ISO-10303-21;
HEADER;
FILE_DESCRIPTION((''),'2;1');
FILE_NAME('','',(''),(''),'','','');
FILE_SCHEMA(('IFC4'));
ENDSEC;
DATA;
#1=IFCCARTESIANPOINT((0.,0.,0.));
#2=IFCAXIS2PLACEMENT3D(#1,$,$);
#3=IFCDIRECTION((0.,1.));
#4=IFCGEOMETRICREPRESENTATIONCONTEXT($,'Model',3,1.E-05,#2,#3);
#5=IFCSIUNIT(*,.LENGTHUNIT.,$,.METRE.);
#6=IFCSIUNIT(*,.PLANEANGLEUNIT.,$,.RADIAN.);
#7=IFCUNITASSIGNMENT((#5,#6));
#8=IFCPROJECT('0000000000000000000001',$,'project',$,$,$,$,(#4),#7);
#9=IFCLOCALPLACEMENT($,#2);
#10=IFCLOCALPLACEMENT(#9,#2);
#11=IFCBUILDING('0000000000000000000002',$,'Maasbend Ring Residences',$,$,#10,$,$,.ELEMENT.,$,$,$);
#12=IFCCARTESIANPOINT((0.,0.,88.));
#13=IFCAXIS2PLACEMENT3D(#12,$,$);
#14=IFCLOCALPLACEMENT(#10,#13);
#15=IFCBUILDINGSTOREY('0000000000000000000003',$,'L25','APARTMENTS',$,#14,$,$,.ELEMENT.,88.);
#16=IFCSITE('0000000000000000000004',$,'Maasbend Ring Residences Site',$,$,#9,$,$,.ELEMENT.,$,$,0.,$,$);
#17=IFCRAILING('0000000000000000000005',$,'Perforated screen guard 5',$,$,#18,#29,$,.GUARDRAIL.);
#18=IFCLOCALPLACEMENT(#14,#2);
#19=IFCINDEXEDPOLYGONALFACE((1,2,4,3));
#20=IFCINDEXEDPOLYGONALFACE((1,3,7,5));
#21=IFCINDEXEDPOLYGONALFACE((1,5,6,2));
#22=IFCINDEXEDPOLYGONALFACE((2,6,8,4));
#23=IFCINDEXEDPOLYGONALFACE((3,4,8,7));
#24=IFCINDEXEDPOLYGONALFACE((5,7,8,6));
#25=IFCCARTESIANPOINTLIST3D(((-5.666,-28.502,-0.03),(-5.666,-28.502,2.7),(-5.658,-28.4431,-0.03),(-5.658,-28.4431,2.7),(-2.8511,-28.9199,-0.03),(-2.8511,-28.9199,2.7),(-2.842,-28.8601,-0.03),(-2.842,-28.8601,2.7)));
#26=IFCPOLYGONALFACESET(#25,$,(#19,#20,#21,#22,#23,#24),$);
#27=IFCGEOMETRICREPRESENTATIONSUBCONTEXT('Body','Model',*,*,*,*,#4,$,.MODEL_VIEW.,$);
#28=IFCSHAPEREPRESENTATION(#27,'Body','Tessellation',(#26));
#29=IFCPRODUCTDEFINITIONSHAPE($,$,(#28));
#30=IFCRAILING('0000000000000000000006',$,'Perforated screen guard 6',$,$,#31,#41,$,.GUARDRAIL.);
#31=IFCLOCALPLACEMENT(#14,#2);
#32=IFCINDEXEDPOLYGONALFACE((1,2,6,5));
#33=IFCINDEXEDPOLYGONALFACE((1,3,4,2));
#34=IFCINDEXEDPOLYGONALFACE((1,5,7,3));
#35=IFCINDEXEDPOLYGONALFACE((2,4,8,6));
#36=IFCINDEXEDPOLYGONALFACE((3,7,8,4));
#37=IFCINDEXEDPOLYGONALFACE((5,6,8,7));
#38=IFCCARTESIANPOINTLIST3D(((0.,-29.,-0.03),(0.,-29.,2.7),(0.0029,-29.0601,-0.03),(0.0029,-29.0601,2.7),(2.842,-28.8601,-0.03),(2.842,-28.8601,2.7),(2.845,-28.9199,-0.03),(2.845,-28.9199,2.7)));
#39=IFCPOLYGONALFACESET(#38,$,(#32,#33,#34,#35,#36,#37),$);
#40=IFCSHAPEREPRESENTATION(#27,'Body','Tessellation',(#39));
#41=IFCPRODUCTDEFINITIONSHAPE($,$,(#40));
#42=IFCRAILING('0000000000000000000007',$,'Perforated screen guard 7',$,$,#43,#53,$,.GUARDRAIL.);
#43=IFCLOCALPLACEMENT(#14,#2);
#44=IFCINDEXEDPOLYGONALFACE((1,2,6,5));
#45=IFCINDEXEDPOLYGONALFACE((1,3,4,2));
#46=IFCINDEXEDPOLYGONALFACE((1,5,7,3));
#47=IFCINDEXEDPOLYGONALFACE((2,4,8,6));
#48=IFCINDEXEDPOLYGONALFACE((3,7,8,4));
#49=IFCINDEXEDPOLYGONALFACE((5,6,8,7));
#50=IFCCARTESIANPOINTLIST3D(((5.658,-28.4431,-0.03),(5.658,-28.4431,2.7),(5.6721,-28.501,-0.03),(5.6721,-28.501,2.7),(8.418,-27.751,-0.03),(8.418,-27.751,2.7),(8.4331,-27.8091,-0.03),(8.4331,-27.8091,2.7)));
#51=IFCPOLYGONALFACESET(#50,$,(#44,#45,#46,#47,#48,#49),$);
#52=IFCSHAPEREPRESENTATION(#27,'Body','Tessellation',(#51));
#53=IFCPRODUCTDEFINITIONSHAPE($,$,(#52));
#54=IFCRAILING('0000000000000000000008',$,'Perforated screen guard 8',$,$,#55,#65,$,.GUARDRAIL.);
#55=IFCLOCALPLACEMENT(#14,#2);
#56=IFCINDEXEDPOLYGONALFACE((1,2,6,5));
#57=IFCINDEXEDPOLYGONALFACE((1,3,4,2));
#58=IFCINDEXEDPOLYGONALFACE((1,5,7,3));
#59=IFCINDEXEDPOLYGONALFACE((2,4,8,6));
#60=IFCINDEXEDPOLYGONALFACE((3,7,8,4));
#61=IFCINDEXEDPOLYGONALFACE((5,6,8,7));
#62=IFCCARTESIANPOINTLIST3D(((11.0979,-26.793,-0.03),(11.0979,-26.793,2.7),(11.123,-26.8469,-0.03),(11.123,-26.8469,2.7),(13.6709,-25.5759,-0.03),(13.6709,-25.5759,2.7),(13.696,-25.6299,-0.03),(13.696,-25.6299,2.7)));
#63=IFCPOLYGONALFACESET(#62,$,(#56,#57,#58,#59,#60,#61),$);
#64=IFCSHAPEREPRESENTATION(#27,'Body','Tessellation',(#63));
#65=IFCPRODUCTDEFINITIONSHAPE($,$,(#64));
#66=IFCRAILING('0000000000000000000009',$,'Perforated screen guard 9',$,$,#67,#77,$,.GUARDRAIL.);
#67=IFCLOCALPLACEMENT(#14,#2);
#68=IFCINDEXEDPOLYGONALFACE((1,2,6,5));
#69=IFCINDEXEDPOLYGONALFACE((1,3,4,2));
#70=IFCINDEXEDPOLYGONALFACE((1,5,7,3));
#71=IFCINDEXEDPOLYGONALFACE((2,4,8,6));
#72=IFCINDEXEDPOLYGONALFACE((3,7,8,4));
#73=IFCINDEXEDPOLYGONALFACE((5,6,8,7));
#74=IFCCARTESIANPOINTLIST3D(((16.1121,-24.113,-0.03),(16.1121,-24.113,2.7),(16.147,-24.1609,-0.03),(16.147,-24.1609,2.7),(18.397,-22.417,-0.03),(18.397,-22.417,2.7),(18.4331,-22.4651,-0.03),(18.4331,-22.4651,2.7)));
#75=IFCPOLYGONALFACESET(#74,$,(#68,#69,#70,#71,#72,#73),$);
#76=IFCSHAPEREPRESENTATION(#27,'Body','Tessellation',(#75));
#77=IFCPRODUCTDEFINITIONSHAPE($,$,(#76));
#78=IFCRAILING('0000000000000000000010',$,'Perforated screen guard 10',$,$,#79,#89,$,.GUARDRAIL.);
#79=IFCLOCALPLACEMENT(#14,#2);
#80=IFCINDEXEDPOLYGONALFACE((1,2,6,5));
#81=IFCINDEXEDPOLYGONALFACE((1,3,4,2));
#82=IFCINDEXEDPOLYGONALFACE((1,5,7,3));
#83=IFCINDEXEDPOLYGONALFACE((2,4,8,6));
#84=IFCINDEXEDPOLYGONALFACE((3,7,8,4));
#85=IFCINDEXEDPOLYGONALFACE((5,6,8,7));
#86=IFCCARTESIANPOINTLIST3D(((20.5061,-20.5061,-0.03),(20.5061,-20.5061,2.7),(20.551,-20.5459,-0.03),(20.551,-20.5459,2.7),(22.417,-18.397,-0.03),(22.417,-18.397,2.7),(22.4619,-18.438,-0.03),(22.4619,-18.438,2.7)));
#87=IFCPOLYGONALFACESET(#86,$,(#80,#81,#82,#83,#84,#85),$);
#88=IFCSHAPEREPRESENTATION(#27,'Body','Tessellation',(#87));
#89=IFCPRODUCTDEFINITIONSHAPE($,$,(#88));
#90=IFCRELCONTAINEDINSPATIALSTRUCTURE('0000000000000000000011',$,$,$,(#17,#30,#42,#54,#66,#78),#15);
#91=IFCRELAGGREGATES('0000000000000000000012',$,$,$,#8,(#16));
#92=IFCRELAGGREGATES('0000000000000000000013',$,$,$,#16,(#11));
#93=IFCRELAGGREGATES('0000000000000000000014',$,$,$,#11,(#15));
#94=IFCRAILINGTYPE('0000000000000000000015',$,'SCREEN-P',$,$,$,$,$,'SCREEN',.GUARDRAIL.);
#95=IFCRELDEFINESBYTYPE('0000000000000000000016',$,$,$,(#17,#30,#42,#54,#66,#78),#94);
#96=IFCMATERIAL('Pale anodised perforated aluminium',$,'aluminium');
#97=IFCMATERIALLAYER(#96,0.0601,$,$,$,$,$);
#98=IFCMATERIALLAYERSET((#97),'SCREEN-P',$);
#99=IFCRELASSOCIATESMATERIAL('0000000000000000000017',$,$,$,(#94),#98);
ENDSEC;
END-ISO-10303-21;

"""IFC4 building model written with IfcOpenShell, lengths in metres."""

from ifc_helpers import new_model, si_unit, direction, frame, origin, place, context, subcontext, project, spatial, polyline, outline, extrude, material, layer, layer_set, type_object, element, save


model = new_model("IFC4")

# Units and contexts
model_context = context("Model", 3, precision=1e-05, world=origin(), true_north=direction((0.0, 1.0)))
body_context = subcontext(model_context, "Body", "Model", "MODEL_VIEW")
ifc_project = project(units=[si_unit("LENGTHUNIT", "METRE"), si_unit("PLANEANGLEUNIT", "RADIAN")], contexts=[model_context])

# Site, building, storey
site_placement = place(None, origin())
site = spatial("IfcSite", under=ifc_project, at=site_placement, Name="Maasbend Ring Residences Site", CompositionType="ELEMENT", RefElevation=0.0)
building_placement = place(site_placement, origin())
building = spatial("IfcBuilding", under=site, at=building_placement, Name="Maasbend Ring Residences", CompositionType="ELEMENT")
storey_placement = place(building_placement, frame((0.0, 0.0, 88.0)))
storey = spatial("IfcBuildingStorey", under=building, at=storey_placement, Name="L25", Description="APARTMENTS", CompositionType="ELEMENT", Elevation=88.0)

# Railings
ifc_material_1 = material(Name="Pale anodised perforated aluminium", Category="aluminium")
ifc_layer_1 = layer(ifc_material_1, 0.0601)
ifc_layer_set_1 = layer_set([ifc_layer_1], Name="SCREEN-P")
railing_type = type_object("IfcRailingType", Name="SCREEN-P", ElementType="SCREEN", PredefinedType="GUARDRAIL", material=ifc_layer_set_1)
railing_1_placement = place(storey_placement, frame((0.0, 0.0, -0.03)))
element("IfcRailing", 1, at=railing_1_placement, inside=storey, type_object=railing_type, Name="Perforated screen guard 5", PredefinedType="GUARDRAIL", context=body_context, shape_type="SweptSolid", body=[
    extrude(outline(polyline([(-5.658, -28.4431), (-2.842, -28.8601), (-2.8511, -28.9199), (-5.666, -28.502), (-5.658, -28.4431)])), origin(), (0.0, 0.0, 1.0), 2.73),
])
railing_2_placement = place(storey_placement, frame((0.0, 0.0, -0.03)))
element("IfcRailing", 2, at=railing_2_placement, inside=storey, type_object=railing_type, Name="Perforated screen guard 6", PredefinedType="GUARDRAIL", context=body_context, shape_type="SweptSolid", body=[
    extrude(outline(polyline([(0.0, -29.0), (2.842, -28.8601), (2.845, -28.9199), (0.0029, -29.0601), (0.0, -29.0)])), origin(), (0.0, 0.0, 1.0), 2.73),
])
railing_3_placement = place(storey_placement, frame((0.0, 0.0, -0.03)))
element("IfcRailing", 3, at=railing_3_placement, inside=storey, type_object=railing_type, Name="Perforated screen guard 7", PredefinedType="GUARDRAIL", context=body_context, shape_type="SweptSolid", body=[
    extrude(outline(polyline([(5.658, -28.4431), (8.418, -27.751), (8.4331, -27.8091), (5.6721, -28.501), (5.658, -28.4431)])), origin(), (0.0, 0.0, 1.0), 2.73),
])
railing_4_placement = place(storey_placement, frame((0.0, 0.0, -0.03)))
element("IfcRailing", 4, at=railing_4_placement, inside=storey, type_object=railing_type, Name="Perforated screen guard 8", PredefinedType="GUARDRAIL", context=body_context, shape_type="SweptSolid", body=[
    extrude(outline(polyline([(11.0979, -26.793), (13.6709, -25.5759), (13.696, -25.6299), (11.123, -26.8469), (11.0979, -26.793)])), origin(), (0.0, 0.0, 1.0), 2.73),
])
railing_5_placement = place(storey_placement, frame((0.0, 0.0, -0.03)))
element("IfcRailing", 5, at=railing_5_placement, inside=storey, type_object=railing_type, Name="Perforated screen guard 9", PredefinedType="GUARDRAIL", context=body_context, shape_type="SweptSolid", body=[
    extrude(outline(polyline([(16.1121, -24.113), (18.397, -22.417), (18.4331, -22.4651), (16.147, -24.1609), (16.1121, -24.113)])), origin(), (0.0, 0.0, 1.0), 2.73),
])
railing_6_placement = place(storey_placement, frame((0.0, 0.0, -0.03)))
element("IfcRailing", 6, at=railing_6_placement, inside=storey, type_object=railing_type, Name="Perforated screen guard 10", PredefinedType="GUARDRAIL", context=body_context, shape_type="SweptSolid", body=[
    extrude(outline(polyline([(20.5061, -20.5061), (22.417, -18.397), (22.4619, -18.438), (20.551, -20.5459), (20.5061, -20.5061)])), origin(), (0.0, 0.0, 1.0), 2.73),
])

save(model, "model.ifc")
